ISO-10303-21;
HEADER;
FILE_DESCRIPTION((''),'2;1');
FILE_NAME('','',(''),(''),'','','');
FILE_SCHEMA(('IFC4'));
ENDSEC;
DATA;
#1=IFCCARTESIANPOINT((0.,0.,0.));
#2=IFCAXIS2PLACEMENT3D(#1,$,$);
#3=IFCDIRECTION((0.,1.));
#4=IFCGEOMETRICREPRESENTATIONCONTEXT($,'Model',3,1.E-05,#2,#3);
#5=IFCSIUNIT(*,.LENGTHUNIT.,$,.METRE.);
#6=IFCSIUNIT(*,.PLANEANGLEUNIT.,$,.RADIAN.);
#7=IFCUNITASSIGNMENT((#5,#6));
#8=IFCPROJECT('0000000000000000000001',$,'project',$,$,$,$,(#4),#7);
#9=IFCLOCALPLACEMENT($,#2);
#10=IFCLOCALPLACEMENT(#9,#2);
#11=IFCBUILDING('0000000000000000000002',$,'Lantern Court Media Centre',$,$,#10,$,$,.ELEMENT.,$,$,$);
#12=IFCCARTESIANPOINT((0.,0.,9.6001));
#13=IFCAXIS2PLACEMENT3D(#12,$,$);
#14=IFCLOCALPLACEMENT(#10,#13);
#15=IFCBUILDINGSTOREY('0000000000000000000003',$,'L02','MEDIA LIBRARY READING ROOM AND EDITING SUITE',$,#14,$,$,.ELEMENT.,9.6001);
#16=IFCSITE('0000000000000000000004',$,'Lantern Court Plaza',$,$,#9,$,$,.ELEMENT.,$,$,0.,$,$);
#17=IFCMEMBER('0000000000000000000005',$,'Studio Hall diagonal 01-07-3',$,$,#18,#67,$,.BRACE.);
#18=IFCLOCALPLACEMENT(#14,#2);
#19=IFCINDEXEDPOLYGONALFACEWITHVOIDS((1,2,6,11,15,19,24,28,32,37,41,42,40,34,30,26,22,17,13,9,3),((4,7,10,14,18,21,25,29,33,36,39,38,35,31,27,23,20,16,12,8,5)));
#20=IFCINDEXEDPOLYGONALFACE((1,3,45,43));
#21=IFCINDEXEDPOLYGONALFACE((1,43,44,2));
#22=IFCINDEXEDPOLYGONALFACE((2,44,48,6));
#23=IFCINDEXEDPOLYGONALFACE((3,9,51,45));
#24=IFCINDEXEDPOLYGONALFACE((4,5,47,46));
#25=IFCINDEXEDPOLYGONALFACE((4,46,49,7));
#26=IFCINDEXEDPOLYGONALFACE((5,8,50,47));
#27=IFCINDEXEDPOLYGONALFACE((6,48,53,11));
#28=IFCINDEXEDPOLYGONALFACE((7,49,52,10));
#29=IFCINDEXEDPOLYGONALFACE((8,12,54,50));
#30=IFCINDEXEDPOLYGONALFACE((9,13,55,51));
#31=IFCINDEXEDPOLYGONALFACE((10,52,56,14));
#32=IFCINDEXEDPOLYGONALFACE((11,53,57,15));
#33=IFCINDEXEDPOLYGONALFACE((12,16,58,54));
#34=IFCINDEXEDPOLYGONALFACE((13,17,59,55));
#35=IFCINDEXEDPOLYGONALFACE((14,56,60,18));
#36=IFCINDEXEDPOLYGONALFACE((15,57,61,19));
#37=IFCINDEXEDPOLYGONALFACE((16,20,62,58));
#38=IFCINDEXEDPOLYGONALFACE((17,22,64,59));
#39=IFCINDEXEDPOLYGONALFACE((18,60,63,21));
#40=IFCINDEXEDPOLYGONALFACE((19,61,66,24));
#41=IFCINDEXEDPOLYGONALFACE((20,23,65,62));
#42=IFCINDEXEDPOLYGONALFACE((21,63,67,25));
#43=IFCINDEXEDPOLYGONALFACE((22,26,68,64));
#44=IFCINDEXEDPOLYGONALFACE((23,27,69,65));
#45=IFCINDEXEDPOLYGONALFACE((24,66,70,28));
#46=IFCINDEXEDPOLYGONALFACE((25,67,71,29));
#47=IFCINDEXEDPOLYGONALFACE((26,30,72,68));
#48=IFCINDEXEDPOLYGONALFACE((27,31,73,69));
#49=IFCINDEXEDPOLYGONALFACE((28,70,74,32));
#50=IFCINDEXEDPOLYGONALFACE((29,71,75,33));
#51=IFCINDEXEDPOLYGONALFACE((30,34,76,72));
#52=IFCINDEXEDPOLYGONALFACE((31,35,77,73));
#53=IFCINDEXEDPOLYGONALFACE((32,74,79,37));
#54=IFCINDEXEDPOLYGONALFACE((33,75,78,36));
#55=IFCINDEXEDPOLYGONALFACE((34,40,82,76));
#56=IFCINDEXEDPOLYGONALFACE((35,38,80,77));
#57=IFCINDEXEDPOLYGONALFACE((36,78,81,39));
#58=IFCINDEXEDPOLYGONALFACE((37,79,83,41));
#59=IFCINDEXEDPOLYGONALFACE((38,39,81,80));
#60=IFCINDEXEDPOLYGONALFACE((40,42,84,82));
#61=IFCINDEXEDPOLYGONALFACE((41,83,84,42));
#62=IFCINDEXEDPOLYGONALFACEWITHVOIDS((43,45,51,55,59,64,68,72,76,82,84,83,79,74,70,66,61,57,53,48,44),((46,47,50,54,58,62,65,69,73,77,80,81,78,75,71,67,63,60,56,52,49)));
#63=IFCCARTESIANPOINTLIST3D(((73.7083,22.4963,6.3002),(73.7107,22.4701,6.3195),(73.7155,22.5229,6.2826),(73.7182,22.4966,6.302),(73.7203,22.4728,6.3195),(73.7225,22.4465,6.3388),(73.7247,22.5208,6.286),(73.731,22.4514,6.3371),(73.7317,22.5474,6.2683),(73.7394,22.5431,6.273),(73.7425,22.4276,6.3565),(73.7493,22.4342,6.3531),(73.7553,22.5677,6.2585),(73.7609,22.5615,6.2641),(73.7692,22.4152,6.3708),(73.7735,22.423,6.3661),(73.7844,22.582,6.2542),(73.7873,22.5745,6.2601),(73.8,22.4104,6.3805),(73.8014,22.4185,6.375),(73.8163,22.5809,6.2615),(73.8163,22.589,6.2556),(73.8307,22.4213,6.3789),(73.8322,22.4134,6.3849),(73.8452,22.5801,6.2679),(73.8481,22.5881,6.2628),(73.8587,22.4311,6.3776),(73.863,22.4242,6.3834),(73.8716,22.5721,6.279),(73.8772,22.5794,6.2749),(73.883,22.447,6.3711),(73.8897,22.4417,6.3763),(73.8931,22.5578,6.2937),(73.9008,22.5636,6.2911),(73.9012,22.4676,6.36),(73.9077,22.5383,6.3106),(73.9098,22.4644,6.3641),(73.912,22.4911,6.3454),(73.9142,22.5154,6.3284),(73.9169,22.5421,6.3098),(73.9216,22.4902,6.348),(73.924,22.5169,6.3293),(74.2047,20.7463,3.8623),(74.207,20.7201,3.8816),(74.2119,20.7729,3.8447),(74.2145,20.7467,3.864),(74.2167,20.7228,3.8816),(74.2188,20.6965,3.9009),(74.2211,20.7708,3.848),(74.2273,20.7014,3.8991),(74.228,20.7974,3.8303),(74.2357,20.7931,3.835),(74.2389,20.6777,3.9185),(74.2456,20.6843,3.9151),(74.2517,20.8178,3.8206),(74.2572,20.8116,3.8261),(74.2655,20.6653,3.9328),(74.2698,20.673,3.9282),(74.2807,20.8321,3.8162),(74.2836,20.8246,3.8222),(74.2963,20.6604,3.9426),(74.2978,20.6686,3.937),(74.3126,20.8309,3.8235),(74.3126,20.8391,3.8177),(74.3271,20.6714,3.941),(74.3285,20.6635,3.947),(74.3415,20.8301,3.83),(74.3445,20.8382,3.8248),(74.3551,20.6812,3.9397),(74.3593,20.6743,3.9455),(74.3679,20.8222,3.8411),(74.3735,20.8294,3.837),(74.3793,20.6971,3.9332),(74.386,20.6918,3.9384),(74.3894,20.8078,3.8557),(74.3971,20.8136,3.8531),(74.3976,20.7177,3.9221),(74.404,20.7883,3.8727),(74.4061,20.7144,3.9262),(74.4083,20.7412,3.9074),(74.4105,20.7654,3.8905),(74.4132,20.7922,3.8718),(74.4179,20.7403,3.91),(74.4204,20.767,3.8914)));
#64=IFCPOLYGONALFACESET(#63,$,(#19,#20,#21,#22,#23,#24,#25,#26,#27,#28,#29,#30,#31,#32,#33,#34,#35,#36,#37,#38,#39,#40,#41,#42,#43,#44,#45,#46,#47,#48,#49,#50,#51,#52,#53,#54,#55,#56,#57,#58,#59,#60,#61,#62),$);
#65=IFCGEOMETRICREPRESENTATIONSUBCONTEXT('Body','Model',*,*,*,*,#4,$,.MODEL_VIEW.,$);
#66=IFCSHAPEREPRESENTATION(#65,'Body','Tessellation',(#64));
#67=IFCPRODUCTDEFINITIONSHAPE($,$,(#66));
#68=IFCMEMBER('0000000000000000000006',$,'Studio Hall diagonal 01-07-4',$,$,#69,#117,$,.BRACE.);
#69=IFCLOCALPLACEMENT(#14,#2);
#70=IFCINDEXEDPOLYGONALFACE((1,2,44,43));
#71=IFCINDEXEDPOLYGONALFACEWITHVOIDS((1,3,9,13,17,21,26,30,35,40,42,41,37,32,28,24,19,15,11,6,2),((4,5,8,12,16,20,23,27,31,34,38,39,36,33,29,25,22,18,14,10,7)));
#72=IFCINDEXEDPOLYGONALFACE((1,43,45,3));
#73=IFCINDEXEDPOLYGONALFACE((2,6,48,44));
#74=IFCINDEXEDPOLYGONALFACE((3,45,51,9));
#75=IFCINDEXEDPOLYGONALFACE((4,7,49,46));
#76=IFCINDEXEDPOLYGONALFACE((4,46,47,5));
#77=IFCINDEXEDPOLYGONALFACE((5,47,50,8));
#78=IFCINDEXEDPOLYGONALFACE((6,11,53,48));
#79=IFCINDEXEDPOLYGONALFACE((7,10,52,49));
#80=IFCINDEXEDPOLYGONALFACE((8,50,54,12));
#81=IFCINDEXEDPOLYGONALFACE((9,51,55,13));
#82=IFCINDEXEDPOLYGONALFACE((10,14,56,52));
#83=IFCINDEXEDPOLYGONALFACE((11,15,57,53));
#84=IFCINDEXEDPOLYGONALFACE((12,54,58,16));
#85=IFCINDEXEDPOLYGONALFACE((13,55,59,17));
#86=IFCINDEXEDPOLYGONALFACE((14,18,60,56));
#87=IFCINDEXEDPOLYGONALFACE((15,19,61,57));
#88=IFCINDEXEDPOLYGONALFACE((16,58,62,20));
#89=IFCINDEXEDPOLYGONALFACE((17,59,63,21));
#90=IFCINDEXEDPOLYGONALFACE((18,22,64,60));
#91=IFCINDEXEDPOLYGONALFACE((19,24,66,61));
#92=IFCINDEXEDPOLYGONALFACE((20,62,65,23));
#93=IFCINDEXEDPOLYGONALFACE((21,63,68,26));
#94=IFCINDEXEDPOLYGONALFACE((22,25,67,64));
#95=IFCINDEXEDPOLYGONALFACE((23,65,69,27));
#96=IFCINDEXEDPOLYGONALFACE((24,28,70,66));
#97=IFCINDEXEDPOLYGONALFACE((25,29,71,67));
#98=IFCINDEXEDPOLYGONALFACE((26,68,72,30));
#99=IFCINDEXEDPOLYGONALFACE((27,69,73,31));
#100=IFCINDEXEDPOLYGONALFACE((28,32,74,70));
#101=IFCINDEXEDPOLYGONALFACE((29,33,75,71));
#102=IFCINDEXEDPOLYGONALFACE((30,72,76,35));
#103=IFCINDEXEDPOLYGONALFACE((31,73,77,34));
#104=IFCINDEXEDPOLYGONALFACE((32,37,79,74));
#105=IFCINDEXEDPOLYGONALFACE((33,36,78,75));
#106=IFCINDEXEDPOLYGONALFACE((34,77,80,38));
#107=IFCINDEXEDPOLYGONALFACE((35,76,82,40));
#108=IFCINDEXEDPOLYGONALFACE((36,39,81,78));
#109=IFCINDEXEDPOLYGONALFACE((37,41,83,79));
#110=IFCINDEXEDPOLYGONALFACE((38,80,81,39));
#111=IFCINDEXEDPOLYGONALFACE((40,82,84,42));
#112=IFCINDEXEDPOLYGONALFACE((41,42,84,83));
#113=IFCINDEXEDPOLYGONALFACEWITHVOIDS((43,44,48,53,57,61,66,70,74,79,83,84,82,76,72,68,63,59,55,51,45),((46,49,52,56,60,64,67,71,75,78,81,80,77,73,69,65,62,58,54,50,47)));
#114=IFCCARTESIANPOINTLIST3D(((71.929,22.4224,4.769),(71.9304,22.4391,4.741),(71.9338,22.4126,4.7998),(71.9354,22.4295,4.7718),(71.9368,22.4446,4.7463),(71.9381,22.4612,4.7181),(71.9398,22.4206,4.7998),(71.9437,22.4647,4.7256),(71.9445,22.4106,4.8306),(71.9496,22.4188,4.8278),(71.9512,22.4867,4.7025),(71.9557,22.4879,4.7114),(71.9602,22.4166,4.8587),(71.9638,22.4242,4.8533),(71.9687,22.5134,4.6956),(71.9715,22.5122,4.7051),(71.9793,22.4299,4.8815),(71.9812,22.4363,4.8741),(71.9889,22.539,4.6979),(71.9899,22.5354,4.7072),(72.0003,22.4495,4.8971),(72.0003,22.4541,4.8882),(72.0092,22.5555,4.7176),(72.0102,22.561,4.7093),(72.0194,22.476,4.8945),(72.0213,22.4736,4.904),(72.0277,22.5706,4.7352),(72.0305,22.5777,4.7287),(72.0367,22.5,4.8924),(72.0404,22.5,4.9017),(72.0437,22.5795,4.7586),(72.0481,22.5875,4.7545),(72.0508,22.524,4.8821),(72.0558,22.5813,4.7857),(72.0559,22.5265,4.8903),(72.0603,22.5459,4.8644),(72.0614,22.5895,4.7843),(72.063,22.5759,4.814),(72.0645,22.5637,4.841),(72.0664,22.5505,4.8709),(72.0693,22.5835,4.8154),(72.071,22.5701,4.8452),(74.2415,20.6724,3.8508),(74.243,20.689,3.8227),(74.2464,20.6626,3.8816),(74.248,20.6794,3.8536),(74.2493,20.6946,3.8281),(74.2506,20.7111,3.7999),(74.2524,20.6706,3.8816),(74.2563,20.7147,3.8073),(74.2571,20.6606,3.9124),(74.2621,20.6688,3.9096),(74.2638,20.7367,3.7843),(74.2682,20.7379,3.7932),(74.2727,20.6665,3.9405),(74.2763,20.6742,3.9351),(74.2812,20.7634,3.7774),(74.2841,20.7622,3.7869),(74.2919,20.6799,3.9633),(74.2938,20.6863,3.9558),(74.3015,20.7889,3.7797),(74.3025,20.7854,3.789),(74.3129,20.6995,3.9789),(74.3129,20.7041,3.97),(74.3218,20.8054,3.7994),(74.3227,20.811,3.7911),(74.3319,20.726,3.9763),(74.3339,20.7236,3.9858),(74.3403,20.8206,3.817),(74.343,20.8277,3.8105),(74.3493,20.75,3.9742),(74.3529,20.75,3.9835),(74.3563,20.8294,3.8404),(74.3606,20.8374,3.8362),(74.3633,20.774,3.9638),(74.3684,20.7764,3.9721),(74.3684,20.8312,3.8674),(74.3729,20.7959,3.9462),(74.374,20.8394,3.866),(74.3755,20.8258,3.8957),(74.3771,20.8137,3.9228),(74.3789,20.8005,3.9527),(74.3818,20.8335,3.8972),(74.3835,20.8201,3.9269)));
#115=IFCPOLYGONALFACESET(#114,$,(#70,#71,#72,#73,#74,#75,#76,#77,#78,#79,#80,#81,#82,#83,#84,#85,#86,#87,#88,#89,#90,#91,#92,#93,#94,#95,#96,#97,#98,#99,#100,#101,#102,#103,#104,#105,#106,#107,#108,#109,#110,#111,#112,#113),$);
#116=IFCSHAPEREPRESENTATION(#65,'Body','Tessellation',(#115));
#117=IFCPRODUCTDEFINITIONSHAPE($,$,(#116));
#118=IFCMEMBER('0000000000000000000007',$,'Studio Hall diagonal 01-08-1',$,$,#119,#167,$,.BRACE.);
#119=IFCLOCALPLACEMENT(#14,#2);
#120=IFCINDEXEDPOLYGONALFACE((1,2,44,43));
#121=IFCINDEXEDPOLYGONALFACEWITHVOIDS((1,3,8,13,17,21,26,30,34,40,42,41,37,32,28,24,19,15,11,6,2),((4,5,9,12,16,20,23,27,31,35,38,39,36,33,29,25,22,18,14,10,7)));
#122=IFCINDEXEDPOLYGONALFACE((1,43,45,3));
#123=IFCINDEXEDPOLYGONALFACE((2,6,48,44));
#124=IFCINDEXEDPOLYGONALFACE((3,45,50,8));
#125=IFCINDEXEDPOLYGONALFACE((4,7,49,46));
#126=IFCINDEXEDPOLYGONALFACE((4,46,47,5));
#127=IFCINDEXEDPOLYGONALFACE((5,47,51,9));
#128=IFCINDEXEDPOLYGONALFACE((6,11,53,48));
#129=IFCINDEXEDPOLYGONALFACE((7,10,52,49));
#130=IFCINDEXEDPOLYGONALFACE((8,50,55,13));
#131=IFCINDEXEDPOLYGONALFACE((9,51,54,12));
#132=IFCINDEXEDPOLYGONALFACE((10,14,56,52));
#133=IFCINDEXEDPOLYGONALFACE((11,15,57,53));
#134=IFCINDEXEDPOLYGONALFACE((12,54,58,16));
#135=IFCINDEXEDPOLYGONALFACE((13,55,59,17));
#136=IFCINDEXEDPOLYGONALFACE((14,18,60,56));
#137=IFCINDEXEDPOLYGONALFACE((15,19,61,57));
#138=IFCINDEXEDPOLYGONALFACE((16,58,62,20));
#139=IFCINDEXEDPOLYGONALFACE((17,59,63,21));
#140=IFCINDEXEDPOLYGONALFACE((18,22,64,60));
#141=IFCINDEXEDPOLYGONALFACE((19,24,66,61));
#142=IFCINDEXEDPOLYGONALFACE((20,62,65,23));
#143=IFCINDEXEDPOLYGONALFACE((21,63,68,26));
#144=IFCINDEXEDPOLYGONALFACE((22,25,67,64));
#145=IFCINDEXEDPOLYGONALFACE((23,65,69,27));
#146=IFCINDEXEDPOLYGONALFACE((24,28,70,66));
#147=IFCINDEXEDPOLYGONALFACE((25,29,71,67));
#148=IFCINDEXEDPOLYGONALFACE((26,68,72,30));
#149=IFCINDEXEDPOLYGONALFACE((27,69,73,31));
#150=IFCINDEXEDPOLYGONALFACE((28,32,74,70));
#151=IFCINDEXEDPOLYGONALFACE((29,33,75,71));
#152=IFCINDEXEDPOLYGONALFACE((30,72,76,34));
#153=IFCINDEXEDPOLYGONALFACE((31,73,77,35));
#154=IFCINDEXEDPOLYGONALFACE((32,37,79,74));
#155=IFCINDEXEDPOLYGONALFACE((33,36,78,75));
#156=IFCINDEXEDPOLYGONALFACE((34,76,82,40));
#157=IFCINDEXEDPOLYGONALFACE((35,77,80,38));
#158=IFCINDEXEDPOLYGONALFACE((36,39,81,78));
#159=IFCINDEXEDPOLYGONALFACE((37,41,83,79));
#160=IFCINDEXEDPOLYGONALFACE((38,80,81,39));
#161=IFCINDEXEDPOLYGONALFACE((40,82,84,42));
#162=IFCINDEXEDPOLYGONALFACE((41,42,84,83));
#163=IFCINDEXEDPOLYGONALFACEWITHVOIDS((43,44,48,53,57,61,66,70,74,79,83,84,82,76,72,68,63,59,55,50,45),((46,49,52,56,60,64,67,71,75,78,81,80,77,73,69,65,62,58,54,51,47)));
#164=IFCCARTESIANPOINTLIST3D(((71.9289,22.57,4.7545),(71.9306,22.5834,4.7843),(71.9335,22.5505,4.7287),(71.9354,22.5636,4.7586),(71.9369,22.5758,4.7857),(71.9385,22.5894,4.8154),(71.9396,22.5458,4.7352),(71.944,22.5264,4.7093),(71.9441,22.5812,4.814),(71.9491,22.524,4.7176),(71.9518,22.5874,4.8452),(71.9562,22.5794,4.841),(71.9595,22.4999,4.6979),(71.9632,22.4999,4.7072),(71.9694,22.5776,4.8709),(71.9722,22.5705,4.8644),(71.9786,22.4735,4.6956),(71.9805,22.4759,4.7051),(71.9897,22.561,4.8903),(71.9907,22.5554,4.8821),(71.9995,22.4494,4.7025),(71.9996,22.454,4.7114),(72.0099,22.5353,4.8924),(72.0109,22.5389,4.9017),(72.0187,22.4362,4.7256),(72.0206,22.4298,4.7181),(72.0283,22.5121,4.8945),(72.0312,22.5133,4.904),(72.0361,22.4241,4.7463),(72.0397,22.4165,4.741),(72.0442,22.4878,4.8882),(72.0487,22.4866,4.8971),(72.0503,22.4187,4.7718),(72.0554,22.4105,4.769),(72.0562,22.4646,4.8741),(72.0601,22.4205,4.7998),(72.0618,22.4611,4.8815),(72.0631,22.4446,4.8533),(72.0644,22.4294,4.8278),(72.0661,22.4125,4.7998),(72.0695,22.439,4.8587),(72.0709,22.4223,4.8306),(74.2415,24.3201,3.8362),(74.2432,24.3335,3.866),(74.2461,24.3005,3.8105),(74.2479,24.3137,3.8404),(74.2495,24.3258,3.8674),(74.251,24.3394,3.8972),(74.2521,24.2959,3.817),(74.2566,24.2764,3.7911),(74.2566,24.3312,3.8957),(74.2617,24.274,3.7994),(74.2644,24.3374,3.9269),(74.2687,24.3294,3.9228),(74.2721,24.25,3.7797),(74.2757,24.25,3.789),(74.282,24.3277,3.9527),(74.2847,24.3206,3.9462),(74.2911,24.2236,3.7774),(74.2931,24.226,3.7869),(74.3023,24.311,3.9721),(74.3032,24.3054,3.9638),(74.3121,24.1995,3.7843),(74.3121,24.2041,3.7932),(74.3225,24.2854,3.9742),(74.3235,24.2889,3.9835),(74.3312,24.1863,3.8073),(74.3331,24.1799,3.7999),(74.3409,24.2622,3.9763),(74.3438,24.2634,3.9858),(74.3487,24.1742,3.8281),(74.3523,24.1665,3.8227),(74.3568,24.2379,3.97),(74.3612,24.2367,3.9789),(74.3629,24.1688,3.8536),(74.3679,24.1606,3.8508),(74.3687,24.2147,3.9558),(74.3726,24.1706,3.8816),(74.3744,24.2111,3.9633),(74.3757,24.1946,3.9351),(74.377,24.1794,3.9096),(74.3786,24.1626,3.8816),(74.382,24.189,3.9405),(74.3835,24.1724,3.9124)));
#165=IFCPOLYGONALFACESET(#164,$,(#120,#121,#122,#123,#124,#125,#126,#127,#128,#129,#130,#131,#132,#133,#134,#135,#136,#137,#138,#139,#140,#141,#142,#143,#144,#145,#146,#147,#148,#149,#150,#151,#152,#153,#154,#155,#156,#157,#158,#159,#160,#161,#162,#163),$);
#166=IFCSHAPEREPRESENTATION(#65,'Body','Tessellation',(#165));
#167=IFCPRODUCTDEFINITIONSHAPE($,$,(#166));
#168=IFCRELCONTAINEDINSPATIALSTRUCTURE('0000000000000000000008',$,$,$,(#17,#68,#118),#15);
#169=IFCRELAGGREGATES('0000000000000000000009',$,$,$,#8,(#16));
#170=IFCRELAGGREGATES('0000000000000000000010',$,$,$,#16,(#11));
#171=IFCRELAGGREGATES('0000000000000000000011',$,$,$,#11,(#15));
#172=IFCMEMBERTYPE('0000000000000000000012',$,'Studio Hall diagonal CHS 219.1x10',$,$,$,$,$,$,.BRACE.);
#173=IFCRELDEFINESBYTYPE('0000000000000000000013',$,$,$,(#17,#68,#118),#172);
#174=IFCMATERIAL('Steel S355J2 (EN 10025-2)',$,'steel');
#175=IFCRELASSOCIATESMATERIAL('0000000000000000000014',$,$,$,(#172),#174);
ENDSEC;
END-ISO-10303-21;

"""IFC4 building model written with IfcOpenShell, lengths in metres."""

from ifc_helpers import new_model, si_unit, direction, frame, origin, origin_2d, place, context, subcontext, project, spatial, hollow_circle, extrude, material, material_profile, profile_set, type_object, element, save


model = new_model("IFC4")

# Units and contexts
model_context = context("Model", 3, precision=1e-05, world=origin(), true_north=direction((0.0, 1.0)))
body_context = subcontext(model_context, "Body", "Model", "MODEL_VIEW")
ifc_project = project(units=[si_unit("LENGTHUNIT", "METRE"), si_unit("PLANEANGLEUNIT", "RADIAN")], contexts=[model_context])

# Site, building, storey
site_placement = place(None, origin())
site = spatial("IfcSite", under=ifc_project, at=site_placement, Name="Lantern Court Plaza", CompositionType="ELEMENT", RefElevation=0.0)
building_placement = place(site_placement, origin())
building = spatial("IfcBuilding", under=site, at=building_placement, Name="Lantern Court Media Centre", CompositionType="ELEMENT")
storey_placement = place(building_placement, frame((0.0, 0.0, 9.6001)))
storey = spatial("IfcBuildingStorey", under=building, at=storey_placement, Name="L02", Description="MEDIA LIBRARY READING ROOM AND EDITING SUITE", CompositionType="ELEMENT", Elevation=9.6001)

# Members
ifc_material_1 = material(Name="Steel S355J2 (EN 10025-2)", Category="steel")
ifc_material_profile_1 = material_profile(ifc_material_1, hollow_circle(Radius=0.1096, WallThickness=0.01, at=origin_2d()), Name="Studio Hall diagonal CHS 219.1x10")
ifc_profile_set_1 = profile_set([ifc_material_profile_1], Name="Steel S355J2 (EN 10025-2)")
member_type_1 = type_object("IfcMemberType", Name="Studio Hall diagonal CHS 219.1x10", PredefinedType="BRACE", material=ifc_profile_set_1)
for number, where, z_axis, x_axis, name in (
    (1, (74.3125, 20.75, 3.8816), (-0.163172, 0.575314, 0.801491), (-0.962054, -0.272859, 0.0), "Studio Hall diagonal 01-07-3"),
):
    element("IfcMember", number, at=place(storey_placement, frame(where, z_axis=z_axis, x_axis=x_axis)), inside=storey, type_object=member_type_1, Name=name, PredefinedType="BRACE", context=body_context, shape_type="SweptSolid", body=[
        extrude(hollow_circle(Radius=0.1096, WallThickness=0.01, at=origin_2d()), origin(), (0.0, 0.0, 1.0), 3.0417),
    ])
for number, where, z_axis, x_axis, name in (
    (2, (74.3125, 20.75, 3.8816), (-0.760211, 0.575295, 0.301853), (-0.603443, -0.797406, 0.0), "Studio Hall diagonal 01-07-4"),
    (3, (74.3125, 24.25, 3.8816), (-0.760211, -0.575295, 0.301853), (0.603443, -0.797406, 0.0), "Studio Hall diagonal 01-08-1"),
):
    element("IfcMember", number, at=place(storey_placement, frame(where, z_axis=z_axis, x_axis=x_axis)), inside=storey, type_object=member_type_1, Name=name, PredefinedType="BRACE", context=body_context, shape_type="SweptSolid", body=[
        extrude(hollow_circle(Radius=0.1096, WallThickness=0.01, at=origin_2d()), origin(), (0.0, 0.0, 1.0), 3.042),
    ])

save(model, "model.ifc")
